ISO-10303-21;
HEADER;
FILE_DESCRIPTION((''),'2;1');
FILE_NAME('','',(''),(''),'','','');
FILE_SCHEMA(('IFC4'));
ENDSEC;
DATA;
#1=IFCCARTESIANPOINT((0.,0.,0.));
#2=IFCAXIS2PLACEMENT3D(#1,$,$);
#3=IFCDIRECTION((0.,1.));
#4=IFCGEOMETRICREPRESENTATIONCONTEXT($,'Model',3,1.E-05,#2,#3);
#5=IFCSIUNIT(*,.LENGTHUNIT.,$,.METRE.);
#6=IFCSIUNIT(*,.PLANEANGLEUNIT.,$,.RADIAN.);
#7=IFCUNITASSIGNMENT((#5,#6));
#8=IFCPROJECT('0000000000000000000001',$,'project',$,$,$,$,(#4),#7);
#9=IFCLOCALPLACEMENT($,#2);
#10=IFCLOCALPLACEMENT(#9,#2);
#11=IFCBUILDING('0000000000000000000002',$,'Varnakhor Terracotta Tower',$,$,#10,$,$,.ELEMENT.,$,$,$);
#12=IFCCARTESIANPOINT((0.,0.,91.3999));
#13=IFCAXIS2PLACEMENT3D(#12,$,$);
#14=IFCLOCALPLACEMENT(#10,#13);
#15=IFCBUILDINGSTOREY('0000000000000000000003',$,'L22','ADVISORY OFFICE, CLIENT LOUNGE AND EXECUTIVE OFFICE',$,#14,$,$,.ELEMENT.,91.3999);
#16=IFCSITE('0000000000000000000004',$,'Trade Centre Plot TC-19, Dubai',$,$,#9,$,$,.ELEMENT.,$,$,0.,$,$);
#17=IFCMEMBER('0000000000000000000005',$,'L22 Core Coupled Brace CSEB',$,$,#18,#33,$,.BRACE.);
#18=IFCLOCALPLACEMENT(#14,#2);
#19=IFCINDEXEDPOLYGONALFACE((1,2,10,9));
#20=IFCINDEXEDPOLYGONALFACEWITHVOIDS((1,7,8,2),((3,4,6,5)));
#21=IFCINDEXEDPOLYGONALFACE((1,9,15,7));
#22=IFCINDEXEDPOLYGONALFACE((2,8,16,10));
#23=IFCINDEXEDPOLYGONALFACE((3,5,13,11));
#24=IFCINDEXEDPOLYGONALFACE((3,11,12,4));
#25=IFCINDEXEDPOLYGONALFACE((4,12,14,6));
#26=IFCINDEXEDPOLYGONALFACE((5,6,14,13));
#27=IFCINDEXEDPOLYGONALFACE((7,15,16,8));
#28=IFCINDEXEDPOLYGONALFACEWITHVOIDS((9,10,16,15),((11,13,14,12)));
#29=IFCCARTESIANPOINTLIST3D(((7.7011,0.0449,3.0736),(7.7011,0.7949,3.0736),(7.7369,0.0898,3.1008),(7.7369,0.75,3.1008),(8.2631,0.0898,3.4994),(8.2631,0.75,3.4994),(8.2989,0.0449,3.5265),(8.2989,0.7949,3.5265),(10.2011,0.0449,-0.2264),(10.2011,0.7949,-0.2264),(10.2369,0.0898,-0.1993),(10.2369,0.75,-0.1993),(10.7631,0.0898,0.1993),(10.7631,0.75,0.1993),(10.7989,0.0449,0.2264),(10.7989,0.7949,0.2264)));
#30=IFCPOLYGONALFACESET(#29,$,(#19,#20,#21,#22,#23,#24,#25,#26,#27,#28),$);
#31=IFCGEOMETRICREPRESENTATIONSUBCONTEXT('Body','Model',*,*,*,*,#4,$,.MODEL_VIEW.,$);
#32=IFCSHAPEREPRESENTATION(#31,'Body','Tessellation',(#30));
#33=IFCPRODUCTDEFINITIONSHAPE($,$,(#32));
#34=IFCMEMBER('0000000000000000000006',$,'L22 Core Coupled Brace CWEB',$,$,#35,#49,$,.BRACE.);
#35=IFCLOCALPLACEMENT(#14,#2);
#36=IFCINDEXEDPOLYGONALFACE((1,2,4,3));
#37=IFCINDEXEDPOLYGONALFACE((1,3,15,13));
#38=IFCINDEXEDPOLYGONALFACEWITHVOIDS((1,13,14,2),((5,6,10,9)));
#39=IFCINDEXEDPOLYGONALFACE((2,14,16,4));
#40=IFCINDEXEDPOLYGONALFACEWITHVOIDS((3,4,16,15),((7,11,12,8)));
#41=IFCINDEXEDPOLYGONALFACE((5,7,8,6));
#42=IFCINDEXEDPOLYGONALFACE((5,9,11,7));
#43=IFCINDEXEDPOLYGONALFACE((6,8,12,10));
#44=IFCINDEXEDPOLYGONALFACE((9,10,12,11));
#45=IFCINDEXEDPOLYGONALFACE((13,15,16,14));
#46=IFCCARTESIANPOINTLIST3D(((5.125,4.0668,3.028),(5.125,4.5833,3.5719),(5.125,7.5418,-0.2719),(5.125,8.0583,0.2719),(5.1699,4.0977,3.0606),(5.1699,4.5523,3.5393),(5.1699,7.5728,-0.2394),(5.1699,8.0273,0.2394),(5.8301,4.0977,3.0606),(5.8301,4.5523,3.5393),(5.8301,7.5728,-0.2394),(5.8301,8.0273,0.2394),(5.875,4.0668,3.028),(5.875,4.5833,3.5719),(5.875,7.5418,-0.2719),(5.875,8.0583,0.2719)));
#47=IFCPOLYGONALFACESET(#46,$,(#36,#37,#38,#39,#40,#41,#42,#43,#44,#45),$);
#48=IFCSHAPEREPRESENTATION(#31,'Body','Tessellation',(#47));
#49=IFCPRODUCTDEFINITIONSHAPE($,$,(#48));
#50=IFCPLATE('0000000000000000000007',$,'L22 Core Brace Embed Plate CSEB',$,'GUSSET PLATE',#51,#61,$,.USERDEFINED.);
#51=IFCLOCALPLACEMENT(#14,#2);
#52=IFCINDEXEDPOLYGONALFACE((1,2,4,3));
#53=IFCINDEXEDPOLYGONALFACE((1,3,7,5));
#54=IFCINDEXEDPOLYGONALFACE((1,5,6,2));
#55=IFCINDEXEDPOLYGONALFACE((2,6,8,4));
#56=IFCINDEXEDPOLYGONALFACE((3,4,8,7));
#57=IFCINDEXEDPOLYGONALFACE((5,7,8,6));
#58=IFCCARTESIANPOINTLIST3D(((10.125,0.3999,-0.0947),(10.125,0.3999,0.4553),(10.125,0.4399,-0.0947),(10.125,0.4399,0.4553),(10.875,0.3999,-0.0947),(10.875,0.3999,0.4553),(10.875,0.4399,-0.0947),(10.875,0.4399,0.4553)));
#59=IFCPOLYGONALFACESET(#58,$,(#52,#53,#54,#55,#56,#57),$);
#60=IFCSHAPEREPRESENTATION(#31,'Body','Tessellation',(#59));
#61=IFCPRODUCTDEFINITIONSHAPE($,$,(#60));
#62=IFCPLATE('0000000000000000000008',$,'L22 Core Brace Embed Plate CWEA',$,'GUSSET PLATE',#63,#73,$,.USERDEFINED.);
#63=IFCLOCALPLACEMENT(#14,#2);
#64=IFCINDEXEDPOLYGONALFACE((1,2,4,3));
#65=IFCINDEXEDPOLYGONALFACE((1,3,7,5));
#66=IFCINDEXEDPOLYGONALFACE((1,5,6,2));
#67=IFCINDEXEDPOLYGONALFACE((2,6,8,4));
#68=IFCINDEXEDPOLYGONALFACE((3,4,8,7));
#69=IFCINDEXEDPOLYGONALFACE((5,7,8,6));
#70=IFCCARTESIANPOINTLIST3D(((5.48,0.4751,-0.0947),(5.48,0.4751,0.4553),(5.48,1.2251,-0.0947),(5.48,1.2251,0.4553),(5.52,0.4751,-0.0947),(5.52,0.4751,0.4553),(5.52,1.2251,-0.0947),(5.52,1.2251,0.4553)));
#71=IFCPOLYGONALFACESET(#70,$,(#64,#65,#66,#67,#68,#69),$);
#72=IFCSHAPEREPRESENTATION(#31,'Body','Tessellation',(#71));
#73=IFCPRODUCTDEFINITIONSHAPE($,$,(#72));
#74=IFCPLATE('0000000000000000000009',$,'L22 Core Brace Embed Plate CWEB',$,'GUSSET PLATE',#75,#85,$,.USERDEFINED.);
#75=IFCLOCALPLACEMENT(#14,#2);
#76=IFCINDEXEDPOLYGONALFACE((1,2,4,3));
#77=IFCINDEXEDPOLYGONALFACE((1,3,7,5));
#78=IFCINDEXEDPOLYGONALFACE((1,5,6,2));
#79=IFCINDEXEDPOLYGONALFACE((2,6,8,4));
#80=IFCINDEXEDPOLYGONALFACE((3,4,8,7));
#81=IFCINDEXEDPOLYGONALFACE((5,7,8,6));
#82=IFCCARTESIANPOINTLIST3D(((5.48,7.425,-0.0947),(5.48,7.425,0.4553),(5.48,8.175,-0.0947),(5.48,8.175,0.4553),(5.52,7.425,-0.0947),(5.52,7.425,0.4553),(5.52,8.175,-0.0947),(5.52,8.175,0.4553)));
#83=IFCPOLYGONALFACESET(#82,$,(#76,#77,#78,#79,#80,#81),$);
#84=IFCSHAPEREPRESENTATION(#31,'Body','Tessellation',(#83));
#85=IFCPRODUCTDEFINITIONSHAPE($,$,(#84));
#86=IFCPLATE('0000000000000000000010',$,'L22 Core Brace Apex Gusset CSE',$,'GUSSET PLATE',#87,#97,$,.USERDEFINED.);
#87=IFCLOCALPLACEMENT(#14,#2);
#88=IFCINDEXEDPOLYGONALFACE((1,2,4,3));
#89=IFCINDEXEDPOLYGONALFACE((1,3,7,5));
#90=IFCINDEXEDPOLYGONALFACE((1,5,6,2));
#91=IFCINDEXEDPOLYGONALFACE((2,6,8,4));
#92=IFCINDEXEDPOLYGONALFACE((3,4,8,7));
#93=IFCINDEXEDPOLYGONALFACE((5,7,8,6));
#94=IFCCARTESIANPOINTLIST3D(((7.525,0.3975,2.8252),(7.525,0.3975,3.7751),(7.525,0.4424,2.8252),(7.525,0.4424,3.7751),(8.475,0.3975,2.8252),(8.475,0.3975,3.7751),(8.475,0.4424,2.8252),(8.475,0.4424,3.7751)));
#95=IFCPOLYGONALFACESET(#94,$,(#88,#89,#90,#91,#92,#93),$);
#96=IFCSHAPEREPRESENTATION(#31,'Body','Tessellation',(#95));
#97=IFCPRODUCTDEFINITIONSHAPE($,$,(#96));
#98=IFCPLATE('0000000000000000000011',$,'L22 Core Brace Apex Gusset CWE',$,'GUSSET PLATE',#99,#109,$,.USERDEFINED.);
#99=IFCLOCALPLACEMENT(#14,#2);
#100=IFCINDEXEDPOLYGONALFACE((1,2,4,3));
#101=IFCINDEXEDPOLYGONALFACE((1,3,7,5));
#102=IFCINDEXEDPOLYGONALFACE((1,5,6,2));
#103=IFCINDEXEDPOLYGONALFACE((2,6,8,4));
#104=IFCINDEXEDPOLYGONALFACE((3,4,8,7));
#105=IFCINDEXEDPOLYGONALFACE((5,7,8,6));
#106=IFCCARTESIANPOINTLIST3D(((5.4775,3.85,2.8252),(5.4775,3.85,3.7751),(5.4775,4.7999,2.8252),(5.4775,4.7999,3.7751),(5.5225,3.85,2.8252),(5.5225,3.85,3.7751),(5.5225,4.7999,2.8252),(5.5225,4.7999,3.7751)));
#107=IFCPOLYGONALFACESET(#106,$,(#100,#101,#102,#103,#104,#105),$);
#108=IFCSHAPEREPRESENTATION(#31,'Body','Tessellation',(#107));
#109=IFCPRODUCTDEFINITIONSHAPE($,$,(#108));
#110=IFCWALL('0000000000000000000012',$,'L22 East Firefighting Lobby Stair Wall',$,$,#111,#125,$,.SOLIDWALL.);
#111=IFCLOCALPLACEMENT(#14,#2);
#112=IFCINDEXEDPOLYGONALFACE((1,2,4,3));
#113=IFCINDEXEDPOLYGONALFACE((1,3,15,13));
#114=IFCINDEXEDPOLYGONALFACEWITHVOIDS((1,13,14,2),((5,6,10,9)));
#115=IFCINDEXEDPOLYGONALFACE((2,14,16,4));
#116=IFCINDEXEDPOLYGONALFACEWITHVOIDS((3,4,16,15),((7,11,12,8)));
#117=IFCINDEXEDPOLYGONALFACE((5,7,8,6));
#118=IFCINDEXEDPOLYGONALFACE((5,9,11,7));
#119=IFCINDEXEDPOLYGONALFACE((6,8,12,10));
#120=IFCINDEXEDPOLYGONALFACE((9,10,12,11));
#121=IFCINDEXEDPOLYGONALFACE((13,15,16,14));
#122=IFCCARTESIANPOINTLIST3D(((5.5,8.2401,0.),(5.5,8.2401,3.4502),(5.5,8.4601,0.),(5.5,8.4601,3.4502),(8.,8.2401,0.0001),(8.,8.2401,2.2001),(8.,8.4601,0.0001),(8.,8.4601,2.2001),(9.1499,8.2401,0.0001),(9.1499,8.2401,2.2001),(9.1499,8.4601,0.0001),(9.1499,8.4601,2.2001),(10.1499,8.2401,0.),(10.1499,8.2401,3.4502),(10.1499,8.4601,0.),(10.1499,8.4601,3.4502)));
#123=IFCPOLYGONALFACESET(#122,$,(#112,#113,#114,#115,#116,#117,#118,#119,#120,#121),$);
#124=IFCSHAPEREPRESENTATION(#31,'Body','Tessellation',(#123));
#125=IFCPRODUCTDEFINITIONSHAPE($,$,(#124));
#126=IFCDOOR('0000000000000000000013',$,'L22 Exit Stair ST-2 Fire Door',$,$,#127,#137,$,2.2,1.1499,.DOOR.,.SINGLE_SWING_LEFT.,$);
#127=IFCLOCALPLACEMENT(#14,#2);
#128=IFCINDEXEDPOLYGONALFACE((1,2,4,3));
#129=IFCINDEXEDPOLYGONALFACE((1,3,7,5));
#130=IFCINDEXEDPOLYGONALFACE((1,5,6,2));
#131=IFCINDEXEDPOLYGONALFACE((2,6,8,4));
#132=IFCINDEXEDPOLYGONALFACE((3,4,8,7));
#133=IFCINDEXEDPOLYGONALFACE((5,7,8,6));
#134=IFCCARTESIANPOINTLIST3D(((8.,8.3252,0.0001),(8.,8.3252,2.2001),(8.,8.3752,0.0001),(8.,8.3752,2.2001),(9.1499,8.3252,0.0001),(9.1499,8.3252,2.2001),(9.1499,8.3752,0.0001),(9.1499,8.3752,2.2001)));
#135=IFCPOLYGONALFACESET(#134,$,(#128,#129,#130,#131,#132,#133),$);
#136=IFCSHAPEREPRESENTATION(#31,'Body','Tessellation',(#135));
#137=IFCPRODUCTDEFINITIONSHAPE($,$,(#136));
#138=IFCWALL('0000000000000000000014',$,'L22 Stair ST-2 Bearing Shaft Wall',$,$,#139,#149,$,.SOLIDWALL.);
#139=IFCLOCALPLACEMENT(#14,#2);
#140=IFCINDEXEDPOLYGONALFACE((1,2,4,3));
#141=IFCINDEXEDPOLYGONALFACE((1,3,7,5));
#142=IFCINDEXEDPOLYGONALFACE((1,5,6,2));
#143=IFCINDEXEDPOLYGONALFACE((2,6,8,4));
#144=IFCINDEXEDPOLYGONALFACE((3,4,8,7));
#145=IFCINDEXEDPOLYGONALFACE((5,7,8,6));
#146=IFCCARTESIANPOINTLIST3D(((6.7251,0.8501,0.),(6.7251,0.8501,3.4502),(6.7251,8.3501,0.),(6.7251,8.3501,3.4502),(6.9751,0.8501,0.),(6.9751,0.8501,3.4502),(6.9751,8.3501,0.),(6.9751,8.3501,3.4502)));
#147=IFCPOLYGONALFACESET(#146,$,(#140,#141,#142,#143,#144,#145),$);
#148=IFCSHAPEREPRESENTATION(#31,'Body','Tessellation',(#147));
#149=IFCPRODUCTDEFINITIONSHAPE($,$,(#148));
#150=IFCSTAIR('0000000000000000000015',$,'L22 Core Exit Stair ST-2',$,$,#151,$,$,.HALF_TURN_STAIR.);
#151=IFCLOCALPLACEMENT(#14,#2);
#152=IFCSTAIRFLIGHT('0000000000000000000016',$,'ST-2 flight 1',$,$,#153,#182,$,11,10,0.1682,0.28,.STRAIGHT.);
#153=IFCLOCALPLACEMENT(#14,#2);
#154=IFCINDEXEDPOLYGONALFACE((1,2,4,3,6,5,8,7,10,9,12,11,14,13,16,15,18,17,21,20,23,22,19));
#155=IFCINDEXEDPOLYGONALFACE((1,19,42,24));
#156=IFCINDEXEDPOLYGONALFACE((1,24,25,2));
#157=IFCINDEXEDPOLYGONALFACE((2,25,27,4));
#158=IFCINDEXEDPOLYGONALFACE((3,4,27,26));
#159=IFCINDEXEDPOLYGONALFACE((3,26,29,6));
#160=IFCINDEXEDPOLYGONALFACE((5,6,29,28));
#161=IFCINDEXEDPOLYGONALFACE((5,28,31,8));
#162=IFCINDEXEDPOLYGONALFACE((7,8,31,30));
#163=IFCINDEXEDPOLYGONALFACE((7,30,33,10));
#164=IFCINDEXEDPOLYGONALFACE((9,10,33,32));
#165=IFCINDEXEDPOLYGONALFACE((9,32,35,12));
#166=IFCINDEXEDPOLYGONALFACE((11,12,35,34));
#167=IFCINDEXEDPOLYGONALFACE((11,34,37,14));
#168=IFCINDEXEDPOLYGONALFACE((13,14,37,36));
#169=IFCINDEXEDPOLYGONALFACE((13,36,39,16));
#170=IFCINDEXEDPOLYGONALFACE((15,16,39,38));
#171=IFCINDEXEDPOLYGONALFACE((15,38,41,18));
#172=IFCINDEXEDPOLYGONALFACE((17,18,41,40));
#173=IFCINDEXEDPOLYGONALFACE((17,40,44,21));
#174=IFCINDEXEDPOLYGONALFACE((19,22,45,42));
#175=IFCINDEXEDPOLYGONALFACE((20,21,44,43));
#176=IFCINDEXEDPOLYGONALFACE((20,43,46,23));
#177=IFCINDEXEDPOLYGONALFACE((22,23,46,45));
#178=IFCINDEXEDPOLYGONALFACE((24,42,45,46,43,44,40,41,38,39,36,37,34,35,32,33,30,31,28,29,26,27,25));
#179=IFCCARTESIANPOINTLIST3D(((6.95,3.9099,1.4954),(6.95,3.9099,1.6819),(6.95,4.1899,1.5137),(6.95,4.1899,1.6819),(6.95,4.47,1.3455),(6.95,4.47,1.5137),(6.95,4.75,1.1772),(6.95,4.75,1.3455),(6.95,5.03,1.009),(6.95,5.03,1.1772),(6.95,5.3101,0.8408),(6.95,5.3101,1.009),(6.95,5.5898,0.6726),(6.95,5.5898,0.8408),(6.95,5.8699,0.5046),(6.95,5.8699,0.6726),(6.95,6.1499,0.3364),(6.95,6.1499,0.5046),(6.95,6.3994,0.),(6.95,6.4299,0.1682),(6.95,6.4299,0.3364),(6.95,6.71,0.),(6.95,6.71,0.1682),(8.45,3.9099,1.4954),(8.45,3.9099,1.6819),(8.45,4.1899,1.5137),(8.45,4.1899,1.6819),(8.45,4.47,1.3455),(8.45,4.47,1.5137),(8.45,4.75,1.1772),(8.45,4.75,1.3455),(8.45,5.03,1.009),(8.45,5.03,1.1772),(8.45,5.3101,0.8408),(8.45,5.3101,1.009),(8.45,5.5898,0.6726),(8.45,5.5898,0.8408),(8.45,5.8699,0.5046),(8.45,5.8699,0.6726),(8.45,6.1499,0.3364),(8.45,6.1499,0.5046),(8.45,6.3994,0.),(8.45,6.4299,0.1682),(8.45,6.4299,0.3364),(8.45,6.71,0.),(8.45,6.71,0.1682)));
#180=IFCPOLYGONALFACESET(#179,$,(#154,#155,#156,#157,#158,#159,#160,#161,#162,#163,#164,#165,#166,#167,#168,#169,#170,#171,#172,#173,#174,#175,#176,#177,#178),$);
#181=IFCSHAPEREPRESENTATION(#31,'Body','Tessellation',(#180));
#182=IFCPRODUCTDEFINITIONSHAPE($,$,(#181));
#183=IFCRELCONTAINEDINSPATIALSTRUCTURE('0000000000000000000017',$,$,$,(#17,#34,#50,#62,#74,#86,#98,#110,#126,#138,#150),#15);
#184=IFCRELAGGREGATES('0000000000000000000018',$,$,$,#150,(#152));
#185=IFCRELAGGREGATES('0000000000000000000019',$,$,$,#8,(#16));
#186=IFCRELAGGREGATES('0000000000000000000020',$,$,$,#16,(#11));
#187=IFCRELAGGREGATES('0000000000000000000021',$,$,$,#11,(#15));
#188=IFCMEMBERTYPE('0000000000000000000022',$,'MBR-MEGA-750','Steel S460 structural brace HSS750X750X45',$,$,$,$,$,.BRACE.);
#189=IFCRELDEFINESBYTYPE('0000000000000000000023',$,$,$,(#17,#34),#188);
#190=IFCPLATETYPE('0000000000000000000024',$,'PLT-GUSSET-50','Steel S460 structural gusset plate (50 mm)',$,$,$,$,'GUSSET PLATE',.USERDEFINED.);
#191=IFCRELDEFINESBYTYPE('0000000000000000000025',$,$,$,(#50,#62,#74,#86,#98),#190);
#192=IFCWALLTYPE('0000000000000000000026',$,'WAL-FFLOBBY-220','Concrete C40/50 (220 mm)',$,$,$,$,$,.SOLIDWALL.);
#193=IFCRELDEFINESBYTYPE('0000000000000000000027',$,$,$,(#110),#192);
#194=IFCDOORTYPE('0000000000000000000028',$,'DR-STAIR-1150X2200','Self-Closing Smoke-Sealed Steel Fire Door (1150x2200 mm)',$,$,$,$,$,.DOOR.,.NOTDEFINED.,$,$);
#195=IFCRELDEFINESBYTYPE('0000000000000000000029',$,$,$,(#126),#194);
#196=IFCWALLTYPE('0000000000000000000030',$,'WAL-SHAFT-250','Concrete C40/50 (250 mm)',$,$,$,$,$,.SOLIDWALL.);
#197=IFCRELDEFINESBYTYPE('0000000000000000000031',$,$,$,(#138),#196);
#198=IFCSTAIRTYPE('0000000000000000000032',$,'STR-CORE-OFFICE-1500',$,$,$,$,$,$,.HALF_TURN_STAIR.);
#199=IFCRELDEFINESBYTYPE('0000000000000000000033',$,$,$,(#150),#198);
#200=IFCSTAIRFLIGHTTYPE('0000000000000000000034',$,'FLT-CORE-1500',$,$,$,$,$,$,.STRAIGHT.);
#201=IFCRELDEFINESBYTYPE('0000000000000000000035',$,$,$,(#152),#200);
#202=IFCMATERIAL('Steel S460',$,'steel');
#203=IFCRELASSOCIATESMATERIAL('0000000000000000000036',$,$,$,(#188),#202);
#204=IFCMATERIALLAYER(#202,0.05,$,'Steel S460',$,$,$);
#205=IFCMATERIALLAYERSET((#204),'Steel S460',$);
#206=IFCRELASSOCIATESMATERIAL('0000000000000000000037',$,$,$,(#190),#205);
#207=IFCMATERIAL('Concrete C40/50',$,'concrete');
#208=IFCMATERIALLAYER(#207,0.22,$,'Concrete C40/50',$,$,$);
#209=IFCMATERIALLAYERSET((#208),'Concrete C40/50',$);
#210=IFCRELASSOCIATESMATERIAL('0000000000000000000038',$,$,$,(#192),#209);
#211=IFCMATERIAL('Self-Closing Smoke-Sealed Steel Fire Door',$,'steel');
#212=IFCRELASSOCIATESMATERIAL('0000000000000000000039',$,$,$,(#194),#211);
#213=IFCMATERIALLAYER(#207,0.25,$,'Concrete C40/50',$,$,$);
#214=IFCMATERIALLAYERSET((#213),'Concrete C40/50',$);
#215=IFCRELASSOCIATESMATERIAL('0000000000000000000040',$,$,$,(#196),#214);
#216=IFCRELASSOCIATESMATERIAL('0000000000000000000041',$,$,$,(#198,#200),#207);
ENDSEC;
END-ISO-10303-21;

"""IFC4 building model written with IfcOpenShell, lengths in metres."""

from ifc_helpers import new_model, si_unit, direction, frame, frame_2d, origin, origin_2d, place, context, subcontext, project, spatial, polyline, rectangle, hollow_rectangle, outline, extrude, source, transform, mapped, material, layer, layer_set, material_profile, profile_set, type_object, type_shapes, element, fill, aggregate, save


model = new_model("IFC4")

# Units and contexts
model_context = context("Model", 3, precision=1e-05, world=origin(), true_north=direction((0.0, 1.0)))
body_context = subcontext(model_context, "Body", "Model", "MODEL_VIEW")
ifc_project = project(units=[si_unit("LENGTHUNIT", "METRE"), si_unit("PLANEANGLEUNIT", "RADIAN")], contexts=[model_context])

# Site, building, storey
site_placement = place(None, origin())
site = spatial("IfcSite", under=ifc_project, at=site_placement, Name="Trade Centre Plot TC-19, Dubai", CompositionType="ELEMENT", RefElevation=0.0)
building_placement = place(site_placement, origin())
building = spatial("IfcBuilding", under=site, at=building_placement, Name="Varnakhor Terracotta Tower", CompositionType="ELEMENT")
storey_placement = place(building_placement, frame((0.0, 0.0, 91.3999)))
storey = spatial("IfcBuildingStorey", under=building, at=storey_placement, Name="L22", Description="ADVISORY OFFICE, CLIENT LOUNGE AND EXECUTIVE OFFICE", CompositionType="ELEMENT", Elevation=91.3999)

# Members
ifc_material_1 = material(Name="Steel S460", Category="steel")
ifc_material_profile = material_profile(ifc_material_1, hollow_rectangle(XDim=0.75, YDim=0.75, WallThickness=0.0449, at=origin_2d()), Name="HSS750X750X45")
ifc_profile_set = profile_set([ifc_material_profile], Name="Steel S460")
member_type = type_object("IfcMemberType", Name="MBR-MEGA-750", Description="Steel S460 structural brace HSS750X750X45", PredefinedType="BRACE", material=ifc_profile_set)
shared_shape_1 = source(origin(), body_context, "Body", "SweptSolid", [
    extrude(hollow_rectangle(XDim=0.75, YDim=0.75, WallThickness=0.0449, at=origin_2d()), origin(), (0.0, 0.0, 1.0), 4.1401),
])
type_shapes(member_type, [shared_shape_1])
member_1_placement = place(storey_placement, frame((10.5, 0.4199, 0.0), z_axis=(-0.603852, 0.0, 0.797096), x_axis=(0.0, -1.0, 0.0)))
element("IfcMember", 1, at=member_1_placement, inside=storey, type_object=member_type, Name="L22 Core Coupled Brace CSEB", PredefinedType="BRACE", context=body_context, shape_type="MappedRepresentation", body=[
    mapped(shared_shape_1, transform((0.0, 0.0, 0.0), scale=1.0)),
])
shared_shape_2 = source(origin(), body_context, "Body", "SweptSolid", [
    extrude(hollow_rectangle(XDim=0.75, YDim=0.75, WallThickness=0.0449, at=origin_2d()), origin(), (0.0, 0.0, 1.0), 4.7922),
])
member_2_placement = place(storey_placement, frame((5.5, 7.8, 0.0), z_axis=(0.0, -0.725134, 0.688608), x_axis=(1.0, 0.0, 0.0)))
element("IfcMember", 2, at=member_2_placement, inside=storey, type_object=member_type, Name="L22 Core Coupled Brace CWEB", PredefinedType="BRACE", context=body_context, shape_type="MappedRepresentation", body=[
    mapped(shared_shape_2, transform((0.0, 0.0, 0.0), scale=1.0)),
])

# Plates
ifc_layer_1 = layer(ifc_material_1, 0.05, Name="Steel S460")
ifc_layer_set_1 = layer_set([ifc_layer_1], Name="Steel S460")
plate_type = type_object("IfcPlateType", Name="PLT-GUSSET-50", Description="Steel S460 structural gusset plate (50 mm)", ElementType="GUSSET PLATE", PredefinedType="USERDEFINED", material=ifc_layer_set_1)
shared_shape_3 = source(origin(), body_context, "Body", "SweptSolid", [
    extrude(rectangle(XDim=0.75, YDim=0.04, at=origin_2d()), origin(), (0.0, 0.0, 1.0), 0.55),
])
type_shapes(plate_type, [shared_shape_3])
for number, where, z_axis, x_axis, name in (
    (3, (10.5, 0.4199, -0.0947), (0.0, 0.0, 1.0), (1.0, 0.0, 0.0), "L22 Core Brace Embed Plate CSEB"),
    (4, (5.5, 0.8501, -0.0947), (0.0, 0.0, 1.0), (0.0, 1.0, 0.0), "L22 Core Brace Embed Plate CWEA"),
    (5, (5.5, 7.8, -0.0947), (0.0, 0.0, 1.0), (0.0, 1.0, 0.0), "L22 Core Brace Embed Plate CWEB"),
):
    element("IfcPlate", number, at=place(storey_placement, frame(where, z_axis=z_axis, x_axis=x_axis)), inside=storey, type_object=plate_type, Name=name, ObjectType="GUSSET PLATE", PredefinedType="USERDEFINED", context=body_context, shape_type="MappedRepresentation", body=[
        mapped(shared_shape_3, transform((0.0, 0.0, 0.0), scale=1.0)),
    ])
shared_shape_4 = source(origin(), body_context, "Body", "SweptSolid", [
    extrude(rectangle(XDim=0.95, YDim=0.0449, at=origin_2d()), origin(), (0.0, 0.0, 1.0), 0.95),
])
for number, where, z_axis, x_axis, name in (
    (6, (8.0, 0.4199, 2.8252), (0.0, 0.0, 1.0), (1.0, 0.0, 0.0), "L22 Core Brace Apex Gusset CSE"),
    (7, (5.5, 4.325, 2.8252), (0.0, 0.0, 1.0), (0.0, 1.0, 0.0), "L22 Core Brace Apex Gusset CWE"),
):
    element("IfcPlate", number, at=place(storey_placement, frame(where, z_axis=z_axis, x_axis=x_axis)), inside=storey, type_object=plate_type, Name=name, ObjectType="GUSSET PLATE", PredefinedType="USERDEFINED", context=body_context, shape_type="MappedRepresentation", body=[
        mapped(shared_shape_4, transform((0.0, 0.0, 0.0), scale=1.0)),
    ])

# Wall, opening, door
ifc_material_2 = material(Name="Concrete C40/50", Category="concrete")
ifc_layer_2 = layer(ifc_material_2, 0.22, Name="Concrete C40/50")
ifc_layer_set_2 = layer_set([ifc_layer_2], Name="Concrete C40/50")
wall_type_1 = type_object("IfcWallType", Name="WAL-FFLOBBY-220", Description="Concrete C40/50 (220 mm)", PredefinedType="SOLIDWALL", material=ifc_layer_set_2)
wall_1_placement = place(storey_placement, frame((10.1499, 8.3501, 0.0), z_axis=(0.0, 0.0, 1.0), x_axis=(-1.0, 0.0, 0.0)))
wall_1 = element("IfcWall", 8, at=wall_1_placement, inside=storey, type_object=wall_type_1, Name="L22 East Firefighting Lobby Stair Wall", PredefinedType="SOLIDWALL", context=body_context, shape_type="SweptSolid", body=[
    extrude(rectangle(XDim=4.6499, YDim=0.22, at=frame_2d((2.325, 0.0))), origin(), (0.0, 0.0, 1.0), 3.4502),
])
opening_placement = place(wall_1_placement, frame((1.0, 0.0, 0.0)))
opening = element("IfcOpeningElement", 9, at=opening_placement, cuts=wall_1, PredefinedType="OPENING", context=body_context, shape_type="SweptSolid", body=[
    extrude(rectangle(XDim=1.1499, YDim=2.2, at=frame_2d((0.575, 1.1001))), frame((0.0, 0.1201, 0.0), z_axis=(0.0, -1.0, 0.0), x_axis=(1.0, 0.0, 0.0)), (0.0, 0.0, 1.0), 0.24),
])
ifc_material_3 = material(Name="Self-Closing Smoke-Sealed Steel Fire Door", Category="steel")
door_type = type_object("IfcDoorType", Name="DR-STAIR-1150X2200", Description="Self-Closing Smoke-Sealed Steel Fire Door (1150x2200 mm)", OperationType="NOTDEFINED", PredefinedType="DOOR", material=ifc_material_3)
shared_shape_5 = source(origin(), body_context, "Body", "SweptSolid", [
    extrude(rectangle(XDim=1.1499, YDim=2.2, at=frame_2d((0.575, 1.1001))), frame((0.0, 0.0249, 0.0), z_axis=(0.0, -1.0, 0.0), x_axis=(1.0, 0.0, 0.0)), (0.0, 0.0, 1.0), 0.05),
])
type_shapes(door_type, [shared_shape_5])
door_placement = place(opening_placement, origin())
door = element("IfcDoor", 10, at=door_placement, inside=storey, type_object=door_type, Name="L22 Exit Stair ST-2 Fire Door", OperationType="SINGLE_SWING_LEFT", OverallHeight=2.2, OverallWidth=1.1499, PredefinedType="DOOR", context=body_context, shape_type="MappedRepresentation", body=[
    mapped(shared_shape_5, transform((0.0, 0.0, 0.0), scale=1.0)),
])
fill(opening, door)

# Wall
ifc_layer_3 = layer(ifc_material_2, 0.25, Name="Concrete C40/50")
ifc_layer_set_3 = layer_set([ifc_layer_3], Name="Concrete C40/50")
wall_type_2 = type_object("IfcWallType", Name="WAL-SHAFT-250", Description="Concrete C40/50 (250 mm)", PredefinedType="SOLIDWALL", material=ifc_layer_set_3)
wall_2_placement = place(storey_placement, frame((6.8501, 0.8501, 0.0), z_axis=(0.0, 0.0, 1.0), x_axis=(0.0, 1.0, 0.0)))
element("IfcWall", 11, at=wall_2_placement, inside=storey, type_object=wall_type_2, Name="L22 Stair ST-2 Bearing Shaft Wall", PredefinedType="SOLIDWALL", context=body_context, shape_type="SweptSolid", body=[
    extrude(rectangle(XDim=7.5, YDim=0.25, at=frame_2d((3.75, 0.0))), origin(), (0.0, 0.0, 1.0), 3.4502),
])

# Stair, stair flight
stair_type = type_object("IfcStairType", Name="STR-CORE-OFFICE-1500", PredefinedType="HALF_TURN_STAIR", material=ifc_material_2)
stair_placement = place(storey_placement, origin())
stair = element("IfcStair", 12, at=stair_placement, inside=storey, type_object=stair_type, Name="L22 Core Exit Stair ST-2", PredefinedType="HALF_TURN_STAIR")
stair_flight_type = type_object("IfcStairFlightType", Name="FLT-CORE-1500", PredefinedType="STRAIGHT", material=ifc_material_2)
stair_flight_1_placement = place(storey_placement, frame((7.7, 6.71, 0.0), z_axis=(0.0, 0.0, 1.0), x_axis=(0.0, -1.0, 0.0)))
stair_flight_1 = element("IfcStairFlight", 13, at=stair_flight_1_placement, type_object=stair_flight_type, Name="ST-2 flight 1", NumberOfRisers=11, NumberOfTreads=10, PredefinedType="STRAIGHT", RiserHeight=0.1682, TreadLength=0.28, context=body_context, shape_type="SweptSolid", body=[
    extrude(outline(polyline([(0.0, 0.0), (0.0, 0.1682), (0.28, 0.1682), (0.28, 0.3364), (0.5601, 0.3364), (0.5601, 0.5046), (0.8401, 0.5046), (0.8401, 0.6726), (1.1201, 0.6726), (1.1201, 0.8408), (1.3999, 0.8408), (1.3999, 1.009), (1.6799, 1.009), (1.6799, 1.1772), (1.96, 1.1772), (1.96, 1.3455), (2.24, 1.3455), (2.24, 1.5137), (2.52, 1.5137), (2.52, 1.6819), (2.8, 1.6819), (2.8, 1.8501), (2.8, 1.4954), (0.3105, 0.0), (0.0, 0.0)])), frame((0.0, 0.75, 0.0), z_axis=(0.0, -1.0, 0.0), x_axis=(1.0, 0.0, 0.0)), (0.0, 0.0, 1.0), 1.5),
])
aggregate(stair, [stair_flight_1])

save(model, "model.ifc")
